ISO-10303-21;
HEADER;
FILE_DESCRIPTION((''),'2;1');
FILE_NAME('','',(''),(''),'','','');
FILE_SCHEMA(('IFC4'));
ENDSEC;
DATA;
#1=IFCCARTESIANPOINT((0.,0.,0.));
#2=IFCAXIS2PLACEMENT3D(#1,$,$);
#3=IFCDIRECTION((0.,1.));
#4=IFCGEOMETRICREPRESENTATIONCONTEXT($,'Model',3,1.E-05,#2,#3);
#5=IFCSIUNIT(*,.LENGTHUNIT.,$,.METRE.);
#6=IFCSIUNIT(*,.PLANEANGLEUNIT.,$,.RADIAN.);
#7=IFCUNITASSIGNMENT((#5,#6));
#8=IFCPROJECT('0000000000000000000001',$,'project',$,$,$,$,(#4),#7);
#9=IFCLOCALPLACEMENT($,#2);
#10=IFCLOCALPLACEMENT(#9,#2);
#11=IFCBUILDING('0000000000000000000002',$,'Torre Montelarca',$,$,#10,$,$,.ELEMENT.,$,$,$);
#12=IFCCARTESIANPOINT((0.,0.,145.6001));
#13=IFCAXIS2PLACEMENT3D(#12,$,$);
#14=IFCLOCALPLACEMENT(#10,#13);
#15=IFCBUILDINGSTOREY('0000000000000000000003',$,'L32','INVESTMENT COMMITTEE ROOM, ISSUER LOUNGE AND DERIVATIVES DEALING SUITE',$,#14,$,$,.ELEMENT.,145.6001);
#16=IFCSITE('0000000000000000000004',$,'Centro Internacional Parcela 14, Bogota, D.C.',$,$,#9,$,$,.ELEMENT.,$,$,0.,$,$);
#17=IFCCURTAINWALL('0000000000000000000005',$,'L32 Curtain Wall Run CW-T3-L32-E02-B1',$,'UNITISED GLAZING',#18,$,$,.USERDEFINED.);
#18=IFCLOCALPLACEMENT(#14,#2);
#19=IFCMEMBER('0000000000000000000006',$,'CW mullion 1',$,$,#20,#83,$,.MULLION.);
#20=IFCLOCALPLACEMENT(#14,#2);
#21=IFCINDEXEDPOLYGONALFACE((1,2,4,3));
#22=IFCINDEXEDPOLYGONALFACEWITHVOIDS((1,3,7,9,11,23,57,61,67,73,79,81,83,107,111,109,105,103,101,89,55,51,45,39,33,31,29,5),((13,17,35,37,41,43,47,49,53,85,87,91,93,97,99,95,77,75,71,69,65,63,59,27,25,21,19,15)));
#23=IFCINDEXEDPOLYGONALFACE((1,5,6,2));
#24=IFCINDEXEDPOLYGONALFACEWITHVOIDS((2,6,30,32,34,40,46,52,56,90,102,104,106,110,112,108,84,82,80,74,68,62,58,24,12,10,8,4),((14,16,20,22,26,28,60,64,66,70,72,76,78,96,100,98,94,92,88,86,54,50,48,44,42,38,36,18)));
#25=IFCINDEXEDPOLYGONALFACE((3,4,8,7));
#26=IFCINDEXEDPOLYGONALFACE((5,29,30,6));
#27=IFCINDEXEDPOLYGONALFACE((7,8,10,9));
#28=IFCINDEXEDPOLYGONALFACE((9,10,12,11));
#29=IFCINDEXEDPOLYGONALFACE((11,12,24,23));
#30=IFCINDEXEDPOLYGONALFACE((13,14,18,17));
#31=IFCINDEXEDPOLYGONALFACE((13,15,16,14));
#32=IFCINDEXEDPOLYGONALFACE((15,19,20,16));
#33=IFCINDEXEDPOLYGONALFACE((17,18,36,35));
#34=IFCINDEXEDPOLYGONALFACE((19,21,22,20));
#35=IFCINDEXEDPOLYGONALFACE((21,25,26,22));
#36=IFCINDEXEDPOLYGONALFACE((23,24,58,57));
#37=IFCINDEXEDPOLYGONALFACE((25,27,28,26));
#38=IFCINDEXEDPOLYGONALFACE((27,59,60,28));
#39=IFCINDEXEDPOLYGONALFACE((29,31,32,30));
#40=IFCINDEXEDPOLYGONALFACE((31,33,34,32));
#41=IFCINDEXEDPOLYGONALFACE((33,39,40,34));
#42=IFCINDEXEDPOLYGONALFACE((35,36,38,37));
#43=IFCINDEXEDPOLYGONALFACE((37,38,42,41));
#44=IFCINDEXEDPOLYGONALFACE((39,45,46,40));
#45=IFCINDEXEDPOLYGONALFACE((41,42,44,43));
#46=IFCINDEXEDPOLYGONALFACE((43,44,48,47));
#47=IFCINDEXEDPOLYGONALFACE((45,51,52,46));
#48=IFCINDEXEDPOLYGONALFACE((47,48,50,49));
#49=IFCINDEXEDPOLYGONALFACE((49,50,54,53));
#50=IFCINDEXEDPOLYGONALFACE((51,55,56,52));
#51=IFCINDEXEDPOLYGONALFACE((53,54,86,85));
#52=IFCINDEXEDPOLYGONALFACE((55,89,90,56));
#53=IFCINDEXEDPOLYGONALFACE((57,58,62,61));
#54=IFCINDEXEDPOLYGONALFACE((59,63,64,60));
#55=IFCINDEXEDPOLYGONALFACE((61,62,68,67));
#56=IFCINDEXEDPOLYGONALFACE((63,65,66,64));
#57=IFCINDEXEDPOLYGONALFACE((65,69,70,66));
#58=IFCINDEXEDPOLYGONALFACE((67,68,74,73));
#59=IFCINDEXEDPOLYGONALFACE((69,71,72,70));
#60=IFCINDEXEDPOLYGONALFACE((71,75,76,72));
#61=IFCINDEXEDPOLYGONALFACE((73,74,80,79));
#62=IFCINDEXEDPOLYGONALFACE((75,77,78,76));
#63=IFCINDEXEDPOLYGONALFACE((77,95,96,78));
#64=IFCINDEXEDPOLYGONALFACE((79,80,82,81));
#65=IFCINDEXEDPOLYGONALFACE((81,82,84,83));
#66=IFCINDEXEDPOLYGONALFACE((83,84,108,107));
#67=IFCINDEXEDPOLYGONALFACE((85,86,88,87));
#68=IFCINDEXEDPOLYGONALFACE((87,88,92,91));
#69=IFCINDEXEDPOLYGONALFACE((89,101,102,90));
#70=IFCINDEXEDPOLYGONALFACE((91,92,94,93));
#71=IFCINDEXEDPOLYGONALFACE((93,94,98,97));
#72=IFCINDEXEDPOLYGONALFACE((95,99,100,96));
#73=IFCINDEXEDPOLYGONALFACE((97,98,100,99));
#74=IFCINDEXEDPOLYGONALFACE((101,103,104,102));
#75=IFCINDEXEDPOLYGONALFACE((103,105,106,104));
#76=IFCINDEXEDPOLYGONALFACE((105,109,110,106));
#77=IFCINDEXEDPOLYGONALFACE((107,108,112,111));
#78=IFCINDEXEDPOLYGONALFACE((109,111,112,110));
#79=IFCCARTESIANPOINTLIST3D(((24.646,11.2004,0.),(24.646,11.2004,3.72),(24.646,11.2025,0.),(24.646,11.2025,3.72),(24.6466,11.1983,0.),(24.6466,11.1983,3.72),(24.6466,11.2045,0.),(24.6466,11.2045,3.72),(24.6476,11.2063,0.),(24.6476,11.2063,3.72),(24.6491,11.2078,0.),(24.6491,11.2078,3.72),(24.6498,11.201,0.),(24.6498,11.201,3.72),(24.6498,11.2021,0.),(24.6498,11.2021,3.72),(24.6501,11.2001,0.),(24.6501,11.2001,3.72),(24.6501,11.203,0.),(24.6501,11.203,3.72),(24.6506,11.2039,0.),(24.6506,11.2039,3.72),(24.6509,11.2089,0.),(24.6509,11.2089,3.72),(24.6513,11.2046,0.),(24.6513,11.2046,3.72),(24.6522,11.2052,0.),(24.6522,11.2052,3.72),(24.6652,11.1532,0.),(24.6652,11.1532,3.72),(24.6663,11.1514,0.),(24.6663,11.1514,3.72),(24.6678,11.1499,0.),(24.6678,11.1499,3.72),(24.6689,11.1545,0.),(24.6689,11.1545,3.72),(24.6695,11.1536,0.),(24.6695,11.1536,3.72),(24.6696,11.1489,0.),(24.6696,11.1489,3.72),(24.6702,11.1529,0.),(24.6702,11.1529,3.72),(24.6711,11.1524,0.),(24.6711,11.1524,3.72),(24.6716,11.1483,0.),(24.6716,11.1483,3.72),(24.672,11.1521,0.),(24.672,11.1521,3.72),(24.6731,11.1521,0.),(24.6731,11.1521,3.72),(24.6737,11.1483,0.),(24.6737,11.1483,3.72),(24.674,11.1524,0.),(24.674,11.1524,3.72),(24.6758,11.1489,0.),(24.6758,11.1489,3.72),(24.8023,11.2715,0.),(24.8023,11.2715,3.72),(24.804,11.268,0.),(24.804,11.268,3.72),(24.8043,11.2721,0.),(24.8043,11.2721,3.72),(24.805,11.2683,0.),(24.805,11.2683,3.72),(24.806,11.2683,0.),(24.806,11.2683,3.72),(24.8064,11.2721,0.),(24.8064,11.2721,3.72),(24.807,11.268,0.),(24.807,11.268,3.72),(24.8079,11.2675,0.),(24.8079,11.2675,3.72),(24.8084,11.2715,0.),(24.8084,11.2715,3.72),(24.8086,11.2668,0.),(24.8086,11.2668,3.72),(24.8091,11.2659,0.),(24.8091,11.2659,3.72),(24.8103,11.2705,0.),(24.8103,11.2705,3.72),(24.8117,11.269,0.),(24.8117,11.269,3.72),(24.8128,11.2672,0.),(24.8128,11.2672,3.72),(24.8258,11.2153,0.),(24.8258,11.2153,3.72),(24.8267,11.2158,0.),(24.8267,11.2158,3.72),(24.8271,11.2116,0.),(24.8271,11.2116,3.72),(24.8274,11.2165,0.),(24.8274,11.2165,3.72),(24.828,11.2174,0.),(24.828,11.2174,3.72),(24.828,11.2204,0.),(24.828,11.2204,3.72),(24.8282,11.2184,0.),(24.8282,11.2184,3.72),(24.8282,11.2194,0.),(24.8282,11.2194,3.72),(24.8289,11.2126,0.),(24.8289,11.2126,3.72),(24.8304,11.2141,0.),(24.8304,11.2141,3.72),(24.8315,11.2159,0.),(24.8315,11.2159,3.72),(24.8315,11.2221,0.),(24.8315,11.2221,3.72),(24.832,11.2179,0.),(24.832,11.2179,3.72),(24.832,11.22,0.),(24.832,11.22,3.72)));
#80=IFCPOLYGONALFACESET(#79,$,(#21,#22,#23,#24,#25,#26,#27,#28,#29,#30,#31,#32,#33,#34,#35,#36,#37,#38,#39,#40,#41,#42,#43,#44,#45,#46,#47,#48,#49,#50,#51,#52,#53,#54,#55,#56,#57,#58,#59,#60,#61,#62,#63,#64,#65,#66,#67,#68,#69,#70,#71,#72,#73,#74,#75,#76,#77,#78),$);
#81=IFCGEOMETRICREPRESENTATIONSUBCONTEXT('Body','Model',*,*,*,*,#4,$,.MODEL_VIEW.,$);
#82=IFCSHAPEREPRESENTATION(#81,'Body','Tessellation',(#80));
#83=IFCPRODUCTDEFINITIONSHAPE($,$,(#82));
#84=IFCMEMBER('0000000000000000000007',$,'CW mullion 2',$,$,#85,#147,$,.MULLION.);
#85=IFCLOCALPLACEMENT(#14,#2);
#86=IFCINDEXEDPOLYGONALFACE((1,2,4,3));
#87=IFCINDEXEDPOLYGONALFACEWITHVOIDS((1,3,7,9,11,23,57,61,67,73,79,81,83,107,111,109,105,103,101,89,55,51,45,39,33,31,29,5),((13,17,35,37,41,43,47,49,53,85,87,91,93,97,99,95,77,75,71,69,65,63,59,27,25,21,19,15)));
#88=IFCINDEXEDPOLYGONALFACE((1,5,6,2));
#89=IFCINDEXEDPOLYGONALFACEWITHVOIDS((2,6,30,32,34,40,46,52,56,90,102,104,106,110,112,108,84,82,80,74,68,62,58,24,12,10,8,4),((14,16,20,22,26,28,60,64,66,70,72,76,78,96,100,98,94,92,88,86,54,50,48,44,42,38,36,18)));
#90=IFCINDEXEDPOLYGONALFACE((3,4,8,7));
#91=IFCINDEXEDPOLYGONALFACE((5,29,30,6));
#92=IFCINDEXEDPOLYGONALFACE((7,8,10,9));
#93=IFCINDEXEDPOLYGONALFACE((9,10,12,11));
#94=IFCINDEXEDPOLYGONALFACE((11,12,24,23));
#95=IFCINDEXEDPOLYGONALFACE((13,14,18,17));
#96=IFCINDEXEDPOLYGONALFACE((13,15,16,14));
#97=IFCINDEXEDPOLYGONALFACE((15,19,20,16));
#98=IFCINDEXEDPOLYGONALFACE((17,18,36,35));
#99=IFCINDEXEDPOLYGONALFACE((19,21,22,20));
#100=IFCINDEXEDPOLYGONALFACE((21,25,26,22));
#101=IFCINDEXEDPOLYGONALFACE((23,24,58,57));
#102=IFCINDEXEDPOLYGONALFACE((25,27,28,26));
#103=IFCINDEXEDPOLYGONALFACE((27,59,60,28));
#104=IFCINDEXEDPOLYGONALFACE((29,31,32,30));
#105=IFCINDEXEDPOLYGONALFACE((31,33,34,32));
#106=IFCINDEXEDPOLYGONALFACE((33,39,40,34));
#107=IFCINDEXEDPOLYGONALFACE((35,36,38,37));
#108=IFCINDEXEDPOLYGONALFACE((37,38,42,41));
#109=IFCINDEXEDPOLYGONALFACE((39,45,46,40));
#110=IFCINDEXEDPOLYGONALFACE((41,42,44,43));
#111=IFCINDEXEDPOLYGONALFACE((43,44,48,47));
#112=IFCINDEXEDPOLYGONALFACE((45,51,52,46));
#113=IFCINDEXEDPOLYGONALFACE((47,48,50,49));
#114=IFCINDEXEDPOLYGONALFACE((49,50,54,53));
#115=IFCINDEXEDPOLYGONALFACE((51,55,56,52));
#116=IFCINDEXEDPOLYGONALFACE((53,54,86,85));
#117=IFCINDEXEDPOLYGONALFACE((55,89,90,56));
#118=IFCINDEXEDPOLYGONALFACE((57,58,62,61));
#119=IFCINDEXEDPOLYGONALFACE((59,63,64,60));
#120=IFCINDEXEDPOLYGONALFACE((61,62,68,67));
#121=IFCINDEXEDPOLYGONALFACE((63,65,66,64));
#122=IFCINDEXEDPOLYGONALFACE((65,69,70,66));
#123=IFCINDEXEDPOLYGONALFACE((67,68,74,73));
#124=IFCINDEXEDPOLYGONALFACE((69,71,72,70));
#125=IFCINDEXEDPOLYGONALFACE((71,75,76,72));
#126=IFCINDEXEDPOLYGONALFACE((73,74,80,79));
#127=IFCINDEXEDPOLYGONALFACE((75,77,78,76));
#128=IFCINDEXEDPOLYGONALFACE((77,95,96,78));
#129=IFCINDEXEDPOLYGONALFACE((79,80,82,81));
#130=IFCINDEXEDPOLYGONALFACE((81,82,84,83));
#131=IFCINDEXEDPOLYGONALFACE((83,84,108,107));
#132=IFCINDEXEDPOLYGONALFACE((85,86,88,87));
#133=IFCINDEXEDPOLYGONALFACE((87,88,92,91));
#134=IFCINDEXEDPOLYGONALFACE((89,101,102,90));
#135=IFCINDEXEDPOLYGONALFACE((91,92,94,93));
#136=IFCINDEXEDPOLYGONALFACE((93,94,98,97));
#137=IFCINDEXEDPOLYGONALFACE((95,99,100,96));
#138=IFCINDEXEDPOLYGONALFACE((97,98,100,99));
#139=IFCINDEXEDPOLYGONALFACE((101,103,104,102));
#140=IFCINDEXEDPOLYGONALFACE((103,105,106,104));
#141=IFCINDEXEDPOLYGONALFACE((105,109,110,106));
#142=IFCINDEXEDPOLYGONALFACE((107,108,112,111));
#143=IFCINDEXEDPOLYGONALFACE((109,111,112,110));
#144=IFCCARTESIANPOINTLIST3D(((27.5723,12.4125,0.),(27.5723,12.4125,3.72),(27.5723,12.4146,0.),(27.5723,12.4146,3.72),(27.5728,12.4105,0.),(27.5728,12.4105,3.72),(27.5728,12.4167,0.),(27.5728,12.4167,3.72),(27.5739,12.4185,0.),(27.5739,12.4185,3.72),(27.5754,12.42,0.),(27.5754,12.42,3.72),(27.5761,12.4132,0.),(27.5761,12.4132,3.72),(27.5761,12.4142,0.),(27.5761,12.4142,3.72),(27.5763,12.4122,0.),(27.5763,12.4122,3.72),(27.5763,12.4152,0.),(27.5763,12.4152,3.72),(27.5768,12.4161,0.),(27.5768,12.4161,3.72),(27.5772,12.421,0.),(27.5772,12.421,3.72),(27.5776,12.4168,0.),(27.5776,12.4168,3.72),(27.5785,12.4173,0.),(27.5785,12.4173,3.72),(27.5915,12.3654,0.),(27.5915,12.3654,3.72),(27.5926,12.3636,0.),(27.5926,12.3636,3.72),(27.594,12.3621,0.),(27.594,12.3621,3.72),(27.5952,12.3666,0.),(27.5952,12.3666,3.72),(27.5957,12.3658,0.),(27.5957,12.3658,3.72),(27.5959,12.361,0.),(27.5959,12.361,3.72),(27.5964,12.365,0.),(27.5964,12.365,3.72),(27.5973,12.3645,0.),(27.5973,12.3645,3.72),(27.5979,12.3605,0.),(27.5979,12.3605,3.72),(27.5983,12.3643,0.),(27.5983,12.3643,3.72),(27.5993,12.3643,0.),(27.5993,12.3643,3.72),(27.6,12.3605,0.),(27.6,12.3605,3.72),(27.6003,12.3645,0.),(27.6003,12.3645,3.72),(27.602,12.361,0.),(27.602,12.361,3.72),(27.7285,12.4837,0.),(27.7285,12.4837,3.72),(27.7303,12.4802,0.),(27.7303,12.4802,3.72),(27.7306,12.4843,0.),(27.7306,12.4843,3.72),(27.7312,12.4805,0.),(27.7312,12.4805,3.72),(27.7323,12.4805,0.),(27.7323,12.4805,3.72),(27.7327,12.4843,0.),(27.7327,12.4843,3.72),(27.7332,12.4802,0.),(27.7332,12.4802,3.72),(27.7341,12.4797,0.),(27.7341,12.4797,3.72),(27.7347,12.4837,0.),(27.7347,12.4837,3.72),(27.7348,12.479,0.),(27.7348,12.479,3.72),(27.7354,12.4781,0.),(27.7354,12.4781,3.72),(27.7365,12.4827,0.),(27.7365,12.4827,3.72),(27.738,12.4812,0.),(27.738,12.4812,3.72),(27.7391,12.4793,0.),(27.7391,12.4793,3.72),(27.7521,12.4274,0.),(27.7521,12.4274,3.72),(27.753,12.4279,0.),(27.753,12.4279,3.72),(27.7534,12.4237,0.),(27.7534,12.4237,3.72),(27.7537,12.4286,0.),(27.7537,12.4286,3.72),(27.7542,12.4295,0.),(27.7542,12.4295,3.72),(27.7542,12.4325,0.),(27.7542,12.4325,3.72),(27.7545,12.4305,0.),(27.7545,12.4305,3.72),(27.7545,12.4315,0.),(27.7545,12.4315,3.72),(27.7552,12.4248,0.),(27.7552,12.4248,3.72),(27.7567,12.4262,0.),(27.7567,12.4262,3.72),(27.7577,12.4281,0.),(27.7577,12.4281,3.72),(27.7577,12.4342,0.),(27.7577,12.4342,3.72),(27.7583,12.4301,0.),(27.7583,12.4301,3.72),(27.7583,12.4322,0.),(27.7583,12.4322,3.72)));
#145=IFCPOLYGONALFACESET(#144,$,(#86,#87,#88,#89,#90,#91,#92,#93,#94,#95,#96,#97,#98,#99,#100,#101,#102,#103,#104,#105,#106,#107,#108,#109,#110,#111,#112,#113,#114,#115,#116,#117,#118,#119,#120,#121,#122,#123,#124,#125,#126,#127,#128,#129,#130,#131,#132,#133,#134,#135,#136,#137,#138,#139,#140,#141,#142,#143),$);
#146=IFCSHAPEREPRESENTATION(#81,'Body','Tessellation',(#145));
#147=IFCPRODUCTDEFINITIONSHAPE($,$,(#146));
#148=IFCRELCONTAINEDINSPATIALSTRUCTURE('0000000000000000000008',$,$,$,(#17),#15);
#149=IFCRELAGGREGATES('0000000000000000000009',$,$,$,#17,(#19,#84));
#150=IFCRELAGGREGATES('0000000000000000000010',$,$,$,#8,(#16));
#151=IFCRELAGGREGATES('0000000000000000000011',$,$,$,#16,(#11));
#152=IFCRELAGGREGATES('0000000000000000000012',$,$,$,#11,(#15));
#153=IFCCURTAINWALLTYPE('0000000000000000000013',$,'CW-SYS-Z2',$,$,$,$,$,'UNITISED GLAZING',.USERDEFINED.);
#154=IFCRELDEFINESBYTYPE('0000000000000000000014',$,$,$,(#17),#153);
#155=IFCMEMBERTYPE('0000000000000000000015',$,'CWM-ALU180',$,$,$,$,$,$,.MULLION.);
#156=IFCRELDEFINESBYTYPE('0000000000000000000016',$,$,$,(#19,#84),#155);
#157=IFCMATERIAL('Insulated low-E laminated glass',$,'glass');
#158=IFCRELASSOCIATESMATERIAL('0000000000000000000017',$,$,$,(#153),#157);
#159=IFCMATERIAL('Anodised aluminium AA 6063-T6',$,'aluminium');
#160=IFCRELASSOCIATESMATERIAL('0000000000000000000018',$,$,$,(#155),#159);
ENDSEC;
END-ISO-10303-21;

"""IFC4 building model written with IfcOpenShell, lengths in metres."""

from ifc_helpers import new_model, si_unit, direction, frame, origin, origin_2d, place, context, subcontext, project, spatial, hollow_rectangle, extrude, source, transform, mapped, material, material_profile, profile_set, type_object, element, aggregate, save


model = new_model("IFC4")

# Units and contexts
model_context = context("Model", 3, precision=1e-05, world=origin(), true_north=direction((0.0, 1.0)))
body_context = subcontext(model_context, "Body", "Model", "MODEL_VIEW")
ifc_project = project(units=[si_unit("LENGTHUNIT", "METRE"), si_unit("PLANEANGLEUNIT", "RADIAN")], contexts=[model_context])

# Site, building, storey
site_placement = place(None, origin())
site = spatial("IfcSite", under=ifc_project, at=site_placement, Name="Centro Internacional Parcela 14, Bogota, D.C.", CompositionType="ELEMENT", RefElevation=0.0)
building_placement = place(site_placement, origin())
building = spatial("IfcBuilding", under=site, at=building_placement, Name="Torre Montelarca", CompositionType="ELEMENT")
storey_placement = place(building_placement, frame((0.0, 0.0, 145.6001)))
storey = spatial("IfcBuildingStorey", under=building, at=storey_placement, Name="L32", Description="INVESTMENT COMMITTEE ROOM, ISSUER LOUNGE AND DERIVATIVES DEALING SUITE", CompositionType="ELEMENT", Elevation=145.6001)

# Curtain wall
ifc_material_1 = material(Name="Insulated low-E laminated glass", Category="glass")
curtain_wall_type = type_object("IfcCurtainWallType", Name="CW-SYS-Z2", ElementType="UNITISED GLAZING", PredefinedType="USERDEFINED", material=ifc_material_1)
curtain_wall_1_placement = place(storey_placement, origin())
curtain_wall_1 = element("IfcCurtainWall", 1, at=curtain_wall_1_placement, inside=storey, type_object=curtain_wall_type, Name="L32 Curtain Wall Run CW-T3-L32-E02-B1", ObjectType="UNITISED GLAZING", PredefinedType="USERDEFINED")
ifc_material_2 = material(Name="Anodised aluminium AA 6063-T6", Category="aluminium")
ifc_material_profile_1 = material_profile(ifc_material_2, hollow_rectangle(XDim=0.0649, YDim=0.1799, WallThickness=0.0039, InnerFilletRadius=0.0039, OuterFilletRadius=0.0081, at=origin_2d()), Name="ALU65X180X4", Category="aluminium")
ifc_profile_set_1 = profile_set([ifc_material_profile_1], Name="Anodised aluminium AA 6063-T6")
member_type_1 = type_object("IfcMemberType", Name="CWM-ALU180", PredefinedType="MULLION", material=ifc_profile_set_1)
shared_shape_1 = source(origin(), body_context, "Body", "SweptSolid", [
    extrude(hollow_rectangle(XDim=0.0649, YDim=0.1799, WallThickness=0.0039, InnerFilletRadius=0.0039, OuterFilletRadius=0.0081, at=origin_2d()), origin(), (0.0, 0.0, 1.0), 3.72),
])

# Members
member_1_placement = place(storey_placement, frame((24.739, 11.2102, 0.0), z_axis=(0.0, 0.0, 1.0), x_axis=(-0.38267, 0.923885, 0.0)))
member_1 = element("IfcMember", 2, at=member_1_placement, type_object=member_type_1, Name="CW mullion 1", PredefinedType="MULLION", context=body_context, shape_type="MappedRepresentation", body=[
    mapped(shared_shape_1, transform((0.0, 0.0, 0.0), scale=1.0)),
])
member_2_placement = place(storey_placement, frame((27.6653, 12.4224, 0.0), z_axis=(0.0, 0.0, 1.0), x_axis=(-0.38267, 0.923885, 0.0)))
member_2 = element("IfcMember", 3, at=member_2_placement, type_object=member_type_1, Name="CW mullion 2", PredefinedType="MULLION", context=body_context, shape_type="MappedRepresentation", body=[
    mapped(shared_shape_1, transform((0.0, 0.0, 0.0), scale=1.0)),
])

aggregate(curtain_wall_1, [member_1, member_2])

save(model, "model.ifc")
